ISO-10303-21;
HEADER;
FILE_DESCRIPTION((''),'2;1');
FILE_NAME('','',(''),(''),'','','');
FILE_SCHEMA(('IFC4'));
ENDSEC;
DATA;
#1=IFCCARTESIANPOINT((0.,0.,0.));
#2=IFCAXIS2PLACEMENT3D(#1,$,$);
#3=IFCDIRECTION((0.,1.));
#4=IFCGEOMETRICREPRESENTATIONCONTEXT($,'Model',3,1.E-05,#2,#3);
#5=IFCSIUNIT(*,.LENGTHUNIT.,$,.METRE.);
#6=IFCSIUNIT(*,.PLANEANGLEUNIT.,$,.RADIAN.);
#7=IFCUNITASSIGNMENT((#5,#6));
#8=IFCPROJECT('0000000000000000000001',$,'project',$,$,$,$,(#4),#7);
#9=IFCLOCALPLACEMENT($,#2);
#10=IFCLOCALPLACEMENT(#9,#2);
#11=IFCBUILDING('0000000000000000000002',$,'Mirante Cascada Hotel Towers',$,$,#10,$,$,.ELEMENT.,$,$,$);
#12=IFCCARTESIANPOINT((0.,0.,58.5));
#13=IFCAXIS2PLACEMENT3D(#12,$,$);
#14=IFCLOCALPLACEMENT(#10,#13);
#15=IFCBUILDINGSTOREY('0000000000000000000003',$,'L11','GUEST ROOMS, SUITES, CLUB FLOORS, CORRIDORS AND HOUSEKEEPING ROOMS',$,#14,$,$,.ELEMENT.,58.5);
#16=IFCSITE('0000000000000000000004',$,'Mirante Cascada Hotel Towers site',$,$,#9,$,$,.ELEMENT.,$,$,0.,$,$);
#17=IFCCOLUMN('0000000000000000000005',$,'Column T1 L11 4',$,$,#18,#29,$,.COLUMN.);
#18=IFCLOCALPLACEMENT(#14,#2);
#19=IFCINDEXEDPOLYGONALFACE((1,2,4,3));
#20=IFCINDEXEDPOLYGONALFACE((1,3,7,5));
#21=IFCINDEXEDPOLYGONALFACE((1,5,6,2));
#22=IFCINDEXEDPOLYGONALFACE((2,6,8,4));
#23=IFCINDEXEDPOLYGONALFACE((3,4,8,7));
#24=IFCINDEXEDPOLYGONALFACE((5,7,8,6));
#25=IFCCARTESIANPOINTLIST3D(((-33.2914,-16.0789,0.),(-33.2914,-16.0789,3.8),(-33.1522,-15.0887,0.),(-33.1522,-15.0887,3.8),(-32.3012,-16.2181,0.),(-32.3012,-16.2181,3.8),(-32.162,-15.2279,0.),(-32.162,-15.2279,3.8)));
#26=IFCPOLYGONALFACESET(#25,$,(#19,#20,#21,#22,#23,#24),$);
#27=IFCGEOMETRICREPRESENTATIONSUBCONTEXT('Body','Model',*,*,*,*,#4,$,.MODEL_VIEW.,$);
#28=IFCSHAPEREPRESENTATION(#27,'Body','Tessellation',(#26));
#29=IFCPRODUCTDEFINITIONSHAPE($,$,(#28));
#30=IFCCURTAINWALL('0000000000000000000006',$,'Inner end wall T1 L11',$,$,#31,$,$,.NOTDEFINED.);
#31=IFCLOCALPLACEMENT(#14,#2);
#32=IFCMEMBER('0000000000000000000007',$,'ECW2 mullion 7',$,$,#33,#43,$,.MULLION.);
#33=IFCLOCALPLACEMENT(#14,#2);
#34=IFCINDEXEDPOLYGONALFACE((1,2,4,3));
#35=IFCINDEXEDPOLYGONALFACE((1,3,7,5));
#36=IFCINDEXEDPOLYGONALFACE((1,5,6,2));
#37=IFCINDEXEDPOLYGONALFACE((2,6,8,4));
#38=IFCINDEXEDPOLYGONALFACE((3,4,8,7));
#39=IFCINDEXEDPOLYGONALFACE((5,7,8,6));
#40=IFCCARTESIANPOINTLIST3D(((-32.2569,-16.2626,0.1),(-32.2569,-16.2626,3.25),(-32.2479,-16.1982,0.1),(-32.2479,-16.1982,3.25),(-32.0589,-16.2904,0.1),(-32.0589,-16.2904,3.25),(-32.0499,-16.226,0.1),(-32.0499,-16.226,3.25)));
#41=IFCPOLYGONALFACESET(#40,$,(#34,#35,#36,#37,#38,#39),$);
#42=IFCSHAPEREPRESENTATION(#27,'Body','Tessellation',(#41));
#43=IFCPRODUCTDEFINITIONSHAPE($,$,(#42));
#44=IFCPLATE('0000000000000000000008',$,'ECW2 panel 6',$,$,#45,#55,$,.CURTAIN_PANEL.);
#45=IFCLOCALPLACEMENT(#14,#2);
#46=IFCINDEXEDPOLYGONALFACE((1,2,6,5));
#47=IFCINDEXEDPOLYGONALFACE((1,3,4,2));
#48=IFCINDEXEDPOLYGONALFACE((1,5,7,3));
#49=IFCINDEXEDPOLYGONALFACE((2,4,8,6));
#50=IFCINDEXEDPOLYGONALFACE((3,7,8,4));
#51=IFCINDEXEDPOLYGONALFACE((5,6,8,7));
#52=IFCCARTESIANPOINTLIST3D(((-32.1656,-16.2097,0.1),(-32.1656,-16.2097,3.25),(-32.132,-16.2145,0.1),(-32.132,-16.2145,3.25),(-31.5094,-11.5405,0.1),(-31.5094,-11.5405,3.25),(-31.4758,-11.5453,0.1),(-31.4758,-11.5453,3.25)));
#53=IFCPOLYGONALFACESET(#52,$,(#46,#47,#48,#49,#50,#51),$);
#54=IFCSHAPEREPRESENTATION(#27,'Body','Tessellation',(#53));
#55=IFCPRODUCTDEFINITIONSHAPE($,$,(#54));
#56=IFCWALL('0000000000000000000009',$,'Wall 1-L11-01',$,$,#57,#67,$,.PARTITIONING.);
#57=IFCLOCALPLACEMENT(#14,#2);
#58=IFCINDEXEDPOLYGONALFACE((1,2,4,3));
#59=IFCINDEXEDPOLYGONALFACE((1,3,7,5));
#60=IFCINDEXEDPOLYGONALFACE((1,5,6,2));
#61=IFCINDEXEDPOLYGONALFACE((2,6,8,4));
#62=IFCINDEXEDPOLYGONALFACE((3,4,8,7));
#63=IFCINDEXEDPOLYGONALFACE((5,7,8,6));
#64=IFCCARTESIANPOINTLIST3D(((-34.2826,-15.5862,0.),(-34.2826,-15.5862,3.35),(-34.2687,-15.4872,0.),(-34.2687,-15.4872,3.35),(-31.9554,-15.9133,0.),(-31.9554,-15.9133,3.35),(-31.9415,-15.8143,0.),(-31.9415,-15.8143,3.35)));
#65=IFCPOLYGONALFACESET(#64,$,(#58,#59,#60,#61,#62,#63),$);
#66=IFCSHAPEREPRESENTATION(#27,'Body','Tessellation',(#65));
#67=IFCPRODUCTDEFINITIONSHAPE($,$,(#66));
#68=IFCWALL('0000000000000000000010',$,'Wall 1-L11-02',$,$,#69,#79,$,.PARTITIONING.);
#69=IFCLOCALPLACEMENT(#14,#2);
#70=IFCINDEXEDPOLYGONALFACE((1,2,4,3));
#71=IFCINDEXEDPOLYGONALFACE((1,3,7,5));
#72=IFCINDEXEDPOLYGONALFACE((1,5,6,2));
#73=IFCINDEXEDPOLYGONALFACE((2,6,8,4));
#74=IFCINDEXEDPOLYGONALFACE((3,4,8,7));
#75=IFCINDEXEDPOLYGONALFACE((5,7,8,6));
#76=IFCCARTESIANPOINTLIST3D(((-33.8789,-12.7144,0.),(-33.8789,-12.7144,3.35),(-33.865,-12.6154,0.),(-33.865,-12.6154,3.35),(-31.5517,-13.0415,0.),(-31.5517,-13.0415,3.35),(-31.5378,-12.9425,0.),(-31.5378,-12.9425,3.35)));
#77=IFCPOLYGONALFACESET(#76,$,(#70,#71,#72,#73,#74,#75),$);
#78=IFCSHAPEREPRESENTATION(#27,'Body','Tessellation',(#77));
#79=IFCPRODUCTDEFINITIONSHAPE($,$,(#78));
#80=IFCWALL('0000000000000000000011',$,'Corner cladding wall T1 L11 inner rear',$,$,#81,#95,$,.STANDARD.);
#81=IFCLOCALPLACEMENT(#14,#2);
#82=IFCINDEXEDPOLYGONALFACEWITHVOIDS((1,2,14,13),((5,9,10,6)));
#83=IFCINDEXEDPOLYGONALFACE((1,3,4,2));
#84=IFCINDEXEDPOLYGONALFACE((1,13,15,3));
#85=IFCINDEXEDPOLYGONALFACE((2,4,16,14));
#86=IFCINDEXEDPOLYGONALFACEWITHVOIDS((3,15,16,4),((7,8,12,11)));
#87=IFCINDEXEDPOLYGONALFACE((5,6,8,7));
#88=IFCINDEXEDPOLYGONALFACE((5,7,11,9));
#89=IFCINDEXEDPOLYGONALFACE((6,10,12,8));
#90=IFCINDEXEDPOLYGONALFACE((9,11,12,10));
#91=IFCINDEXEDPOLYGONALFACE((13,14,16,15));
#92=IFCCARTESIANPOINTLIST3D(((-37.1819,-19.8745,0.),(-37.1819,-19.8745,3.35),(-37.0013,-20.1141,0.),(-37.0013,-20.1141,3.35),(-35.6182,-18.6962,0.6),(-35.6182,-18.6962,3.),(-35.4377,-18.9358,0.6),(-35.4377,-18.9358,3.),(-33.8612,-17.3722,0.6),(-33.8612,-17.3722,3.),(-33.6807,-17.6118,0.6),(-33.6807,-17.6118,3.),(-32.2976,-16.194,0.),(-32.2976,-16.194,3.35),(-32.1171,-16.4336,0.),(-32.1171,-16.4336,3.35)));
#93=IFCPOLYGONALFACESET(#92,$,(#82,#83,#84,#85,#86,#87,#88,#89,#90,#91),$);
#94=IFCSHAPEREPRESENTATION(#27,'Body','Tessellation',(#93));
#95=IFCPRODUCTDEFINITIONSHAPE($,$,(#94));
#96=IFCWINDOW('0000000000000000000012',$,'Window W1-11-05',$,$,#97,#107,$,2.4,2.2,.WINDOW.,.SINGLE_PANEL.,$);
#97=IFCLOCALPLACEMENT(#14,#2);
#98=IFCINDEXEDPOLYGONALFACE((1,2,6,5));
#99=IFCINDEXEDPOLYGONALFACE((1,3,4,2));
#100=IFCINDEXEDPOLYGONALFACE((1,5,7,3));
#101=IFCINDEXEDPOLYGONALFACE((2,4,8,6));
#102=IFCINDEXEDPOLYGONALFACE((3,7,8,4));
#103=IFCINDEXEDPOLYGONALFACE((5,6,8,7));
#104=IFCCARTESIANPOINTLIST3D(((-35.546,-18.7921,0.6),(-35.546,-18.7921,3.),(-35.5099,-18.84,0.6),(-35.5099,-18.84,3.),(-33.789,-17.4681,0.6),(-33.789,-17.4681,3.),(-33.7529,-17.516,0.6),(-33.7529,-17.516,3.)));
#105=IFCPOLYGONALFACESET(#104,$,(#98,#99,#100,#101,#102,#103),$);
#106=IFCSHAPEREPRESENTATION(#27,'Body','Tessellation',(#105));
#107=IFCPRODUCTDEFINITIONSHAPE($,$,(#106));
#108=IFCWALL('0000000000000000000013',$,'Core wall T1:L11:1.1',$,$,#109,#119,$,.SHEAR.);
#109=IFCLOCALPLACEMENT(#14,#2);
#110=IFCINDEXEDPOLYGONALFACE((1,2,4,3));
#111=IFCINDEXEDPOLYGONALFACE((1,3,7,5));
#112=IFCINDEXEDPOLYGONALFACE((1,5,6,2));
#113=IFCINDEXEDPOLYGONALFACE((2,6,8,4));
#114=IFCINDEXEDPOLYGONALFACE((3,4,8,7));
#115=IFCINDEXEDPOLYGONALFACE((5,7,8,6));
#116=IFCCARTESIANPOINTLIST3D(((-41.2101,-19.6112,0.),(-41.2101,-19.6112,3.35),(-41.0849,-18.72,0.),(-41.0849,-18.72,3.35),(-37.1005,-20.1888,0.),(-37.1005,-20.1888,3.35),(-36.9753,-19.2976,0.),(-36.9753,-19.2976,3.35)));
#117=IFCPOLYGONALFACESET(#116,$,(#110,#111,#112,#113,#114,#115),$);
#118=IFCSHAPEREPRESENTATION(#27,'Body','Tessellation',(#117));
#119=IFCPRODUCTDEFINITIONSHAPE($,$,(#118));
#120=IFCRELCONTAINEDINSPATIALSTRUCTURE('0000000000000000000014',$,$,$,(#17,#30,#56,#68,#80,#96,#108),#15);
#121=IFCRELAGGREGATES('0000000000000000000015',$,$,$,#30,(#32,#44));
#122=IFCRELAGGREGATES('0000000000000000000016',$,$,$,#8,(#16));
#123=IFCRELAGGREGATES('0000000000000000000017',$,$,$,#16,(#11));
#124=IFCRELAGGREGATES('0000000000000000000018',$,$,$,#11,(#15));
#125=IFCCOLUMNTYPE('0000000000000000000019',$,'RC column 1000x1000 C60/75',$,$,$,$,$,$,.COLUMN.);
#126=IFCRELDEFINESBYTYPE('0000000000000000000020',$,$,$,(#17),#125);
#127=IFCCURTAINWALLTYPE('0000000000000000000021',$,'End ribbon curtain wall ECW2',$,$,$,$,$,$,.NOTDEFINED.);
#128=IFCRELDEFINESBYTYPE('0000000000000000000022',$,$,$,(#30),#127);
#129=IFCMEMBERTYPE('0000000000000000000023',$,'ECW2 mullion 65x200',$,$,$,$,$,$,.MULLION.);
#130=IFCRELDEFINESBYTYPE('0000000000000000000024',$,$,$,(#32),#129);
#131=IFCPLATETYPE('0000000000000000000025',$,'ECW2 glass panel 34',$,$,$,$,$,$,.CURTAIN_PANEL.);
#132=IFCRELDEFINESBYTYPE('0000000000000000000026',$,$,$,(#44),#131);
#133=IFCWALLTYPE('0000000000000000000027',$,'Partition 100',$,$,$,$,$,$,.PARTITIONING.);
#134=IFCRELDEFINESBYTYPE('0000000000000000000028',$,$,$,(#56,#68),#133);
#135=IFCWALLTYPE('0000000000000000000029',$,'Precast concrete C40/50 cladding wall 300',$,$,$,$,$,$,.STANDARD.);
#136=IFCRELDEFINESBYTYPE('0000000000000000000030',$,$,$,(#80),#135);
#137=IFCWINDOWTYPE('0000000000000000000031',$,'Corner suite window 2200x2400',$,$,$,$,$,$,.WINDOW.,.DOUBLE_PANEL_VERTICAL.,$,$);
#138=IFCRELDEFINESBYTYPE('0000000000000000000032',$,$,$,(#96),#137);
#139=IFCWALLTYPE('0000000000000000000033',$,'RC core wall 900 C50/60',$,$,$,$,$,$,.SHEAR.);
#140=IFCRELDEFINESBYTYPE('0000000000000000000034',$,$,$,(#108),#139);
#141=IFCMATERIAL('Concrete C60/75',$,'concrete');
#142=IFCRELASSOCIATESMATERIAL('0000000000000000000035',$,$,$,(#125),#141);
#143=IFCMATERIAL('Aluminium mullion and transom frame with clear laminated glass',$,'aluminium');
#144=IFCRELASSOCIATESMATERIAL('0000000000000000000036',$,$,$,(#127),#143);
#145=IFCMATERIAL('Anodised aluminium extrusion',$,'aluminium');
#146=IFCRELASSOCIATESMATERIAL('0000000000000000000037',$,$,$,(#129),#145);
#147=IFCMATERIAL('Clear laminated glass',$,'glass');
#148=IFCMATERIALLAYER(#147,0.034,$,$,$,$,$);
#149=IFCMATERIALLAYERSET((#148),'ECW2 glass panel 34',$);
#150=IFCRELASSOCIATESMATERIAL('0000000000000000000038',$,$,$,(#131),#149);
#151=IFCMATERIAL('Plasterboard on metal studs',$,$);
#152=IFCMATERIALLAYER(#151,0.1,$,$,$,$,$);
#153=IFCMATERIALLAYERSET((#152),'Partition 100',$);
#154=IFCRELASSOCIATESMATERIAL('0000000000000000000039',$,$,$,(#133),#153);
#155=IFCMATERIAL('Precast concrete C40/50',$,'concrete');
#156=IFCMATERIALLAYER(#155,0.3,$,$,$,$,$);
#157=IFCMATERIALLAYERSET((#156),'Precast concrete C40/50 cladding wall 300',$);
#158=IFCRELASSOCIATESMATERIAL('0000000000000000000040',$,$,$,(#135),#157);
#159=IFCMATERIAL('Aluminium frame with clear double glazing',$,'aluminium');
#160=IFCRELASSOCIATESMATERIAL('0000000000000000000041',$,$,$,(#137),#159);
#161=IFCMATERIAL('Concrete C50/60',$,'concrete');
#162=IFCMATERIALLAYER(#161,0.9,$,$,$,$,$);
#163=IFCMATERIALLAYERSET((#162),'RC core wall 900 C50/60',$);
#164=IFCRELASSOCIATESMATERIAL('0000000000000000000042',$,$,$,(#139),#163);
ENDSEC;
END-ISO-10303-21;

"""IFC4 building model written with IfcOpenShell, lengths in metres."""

from ifc_helpers import new_model, si_unit, direction, frame, frame_2d, origin, origin_2d, place, context, subcontext, project, spatial, rectangle, extrude, material, layer, layer_set, material_profile, profile_set, type_object, element, fill, aggregate, save


model = new_model("IFC4")

# Units and contexts
model_context = context("Model", 3, precision=1e-05, world=origin(), true_north=direction((0.0, 1.0)))
body_context = subcontext(model_context, "Body", "Model", "MODEL_VIEW")
ifc_project = project(units=[si_unit("LENGTHUNIT", "METRE"), si_unit("PLANEANGLEUNIT", "RADIAN")], contexts=[model_context])

# Site, building, storey
site_placement = place(None, origin())
site = spatial("IfcSite", under=ifc_project, at=site_placement, Name="Mirante Cascada Hotel Towers site", CompositionType="ELEMENT", RefElevation=0.0)
building_placement = place(site_placement, origin())
building = spatial("IfcBuilding", under=site, at=building_placement, Name="Mirante Cascada Hotel Towers", CompositionType="ELEMENT")
storey_placement = place(building_placement, frame((0.0, 0.0, 58.5)))
storey = spatial("IfcBuildingStorey", under=building, at=storey_placement, Name="L11", Description="GUEST ROOMS, SUITES, CLUB FLOORS, CORRIDORS AND HOUSEKEEPING ROOMS", CompositionType="ELEMENT", Elevation=58.5)

# Column
ifc_material_1 = material(Name="Concrete C60/75", Category="concrete")
ifc_material_profile_1 = material_profile(ifc_material_1, rectangle(XDim=1.0, YDim=1.0, at=origin_2d()), Name="RC column 1000x1000 C60/75")
ifc_profile_set_1 = profile_set([ifc_material_profile_1], Name="Concrete C60/75")
column_type = type_object("IfcColumnType", Name="RC column 1000x1000 C60/75", PredefinedType="COLUMN", material=ifc_profile_set_1)
column_placement = place(storey_placement, frame((-32.7267, -15.6534, 0.0), z_axis=(0.0, 0.0, 1.0), x_axis=(-0.990268, 0.139173, 0.0)))
element("IfcColumn", 1, at=column_placement, inside=storey, type_object=column_type, Name="Column T1 L11 4", PredefinedType="COLUMN", context=body_context, shape_type="SweptSolid", body=[
    extrude(rectangle(XDim=1.0, YDim=1.0, at=origin_2d()), origin(), (0.0, 0.0, 1.0), 3.8),
])

# Curtain wall, member, plate
ifc_material_2 = material(Name="Aluminium mullion and transom frame with clear laminated glass", Category="aluminium")
curtain_wall_type = type_object("IfcCurtainWallType", Name="End ribbon curtain wall ECW2", PredefinedType="NOTDEFINED", material=ifc_material_2)
curtain_wall_placement = place(storey_placement, origin())
curtain_wall = element("IfcCurtainWall", 2, at=curtain_wall_placement, inside=storey, type_object=curtain_wall_type, Name="Inner end wall T1 L11", PredefinedType="NOTDEFINED")
ifc_material_3 = material(Name="Anodised aluminium extrusion", Category="aluminium")
ifc_material_profile_2 = material_profile(ifc_material_3, rectangle(XDim=0.2, YDim=0.065, at=origin_2d()), Name="ECW2 MULLION 65x200")
ifc_profile_set_2 = profile_set([ifc_material_profile_2], Name="Anodised aluminium extrusion")
member_type = type_object("IfcMemberType", Name="ECW2 mullion 65x200", PredefinedType="MULLION", material=ifc_profile_set_2)
member_placement = place(storey_placement, frame((-32.1534, -16.2443, 0.1), z_axis=(0.0, 0.0, 1.0), x_axis=(0.990268, -0.139173, 0.0)))
member = element("IfcMember", 3, at=member_placement, type_object=member_type, Name="ECW2 mullion 7", PredefinedType="MULLION", context=body_context, shape_type="SweptSolid", body=[
    extrude(rectangle(XDim=0.2, YDim=0.065, at=origin_2d()), origin(), (0.0, 0.0, 1.0), 3.15),
])
ifc_material_4 = material(Name="Clear laminated glass", Category="glass")
ifc_layer_1 = layer(ifc_material_4, 0.034)
ifc_layer_set_1 = layer_set([ifc_layer_1], Name="ECW2 glass panel 34")
plate_type = type_object("IfcPlateType", Name="ECW2 glass panel 34", PredefinedType="CURTAIN_PANEL", material=ifc_layer_set_1)
plate_placement = place(storey_placement, frame((-31.8207, -13.8775, 0.1), z_axis=(0.0, 0.0, 1.0), x_axis=(-0.139173, -0.990268, 0.0)))
plate = element("IfcPlate", 4, at=plate_placement, type_object=plate_type, Name="ECW2 panel 6", PredefinedType="CURTAIN_PANEL", context=body_context, shape_type="SweptSolid", body=[
    extrude(rectangle(XDim=4.7151, YDim=0.034, at=origin_2d()), origin(), (0.0, 0.0, 1.0), 3.15),
])
aggregate(curtain_wall, [member, plate])

# Walls
ifc_material_5 = material(Name="Plasterboard on metal studs")
ifc_layer_2 = layer(ifc_material_5, 0.1)
ifc_layer_set_2 = layer_set([ifc_layer_2], Name="Partition 100")
wall_type_1 = type_object("IfcWallType", Name="Partition 100", PredefinedType="PARTITIONING", material=ifc_layer_set_2)
for number, where, z_axis, x_axis, name in (
    (5, (-34.2756, -15.5367, 0.0), (0.0, 0.0, 1.0), (0.990266, -0.139187, 0.0), "Wall 1-L11-01"),
    (6, (-31.5448, -12.992, 0.0), (0.0, 0.0, 1.0), (-0.990266, 0.139187, 0.0), "Wall 1-L11-02"),
):
    element("IfcWall", number, at=place(storey_placement, frame(where, z_axis=z_axis, x_axis=x_axis)), inside=storey, type_object=wall_type_1, Name=name, PredefinedType="PARTITIONING", context=body_context, shape_type="SweptSolid", body=[
        extrude(rectangle(XDim=2.3501, YDim=0.1, at=frame_2d((1.175, 0.0))), origin(), (0.0, 0.0, 1.0), 3.35),
    ])

# Wall, opening, window
ifc_material_6 = material(Name="Precast concrete C40/50", Category="concrete")
ifc_layer_3 = layer(ifc_material_6, 0.3)
ifc_layer_set_3 = layer_set([ifc_layer_3], Name="Precast concrete C40/50 cladding wall 300")
wall_type_2 = type_object("IfcWallType", Name="Precast concrete C40/50 cladding wall 300", PredefinedType="STANDARD", material=ifc_layer_set_3)
wall_1_placement = place(storey_placement, frame((-32.2074, -16.3138, 0.0), z_axis=(0.0, 0.0, 1.0), x_axis=(-0.798636, -0.601814, 0.0)))
wall_1 = element("IfcWall", 7, at=wall_1_placement, inside=storey, type_object=wall_type_2, Name="Corner cladding wall T1 L11 inner rear", PredefinedType="STANDARD", context=body_context, shape_type="SweptSolid", body=[
    extrude(rectangle(XDim=6.1157, YDim=0.3, at=frame_2d((3.0578, 0.0))), origin(), (0.0, 0.0, 1.0), 3.35),
])
opening_placement = place(wall_1_placement, frame((1.9578, 0.0, 0.6)))
opening = element("IfcOpeningElement", 8, at=opening_placement, cuts=wall_1, PredefinedType="OPENING", context=body_context, shape_type="SweptSolid", body=[
    extrude(rectangle(XDim=2.2, YDim=2.4, at=frame_2d((1.1, 1.2))), frame((0.0, 0.15, 0.0), z_axis=(0.0, -1.0, 0.0), x_axis=(1.0, 0.0, 0.0)), (0.0, 0.0, 1.0), 0.3),
])
ifc_material_7 = material(Name="Aluminium frame with clear double glazing", Category="aluminium")
window_type = type_object("IfcWindowType", Name="Corner suite window 2200x2400", PartitioningType="DOUBLE_PANEL_VERTICAL", PredefinedType="WINDOW", material=ifc_material_7)
window_placement = place(opening_placement, origin())
window = element("IfcWindow", 9, at=window_placement, inside=storey, type_object=window_type, Name="Window W1-11-05", OverallHeight=2.4, OverallWidth=2.2, PartitioningType="SINGLE_PANEL", PredefinedType="WINDOW", context=body_context, shape_type="SweptSolid", body=[
    extrude(rectangle(XDim=2.2, YDim=2.4, at=frame_2d((1.1, 1.2))), frame((0.0, 0.03, 0.0), z_axis=(0.0, -1.0, 0.0), x_axis=(1.0, 0.0, 0.0)), (0.0, 0.0, 1.0), 0.06),
])
fill(opening, window)

# Wall
ifc_material_8 = material(Name="Concrete C50/60", Category="concrete")
ifc_layer_4 = layer(ifc_material_8, 0.9)
ifc_layer_set_4 = layer_set([ifc_layer_4], Name="RC core wall 900 C50/60")
wall_type_3 = type_object("IfcWallType", Name="RC core wall 900 C50/60", PredefinedType="SHEAR", material=ifc_layer_set_4)
wall_2_placement = place(storey_placement, frame((-37.0379, -19.7432, 0.0), z_axis=(0.0, 0.0, 1.0), x_axis=(-0.990267, 0.139181, 0.0)))
element("IfcWall", 10, at=wall_2_placement, inside=storey, type_object=wall_type_3, Name="Core wall T1:L11:1.1", PredefinedType="SHEAR", context=body_context, shape_type="SweptSolid", body=[
    extrude(rectangle(XDim=4.15, YDim=0.9, at=frame_2d((2.075, 0.0))), origin(), (0.0, 0.0, 1.0), 3.35),
])

save(model, "model.ifc")
